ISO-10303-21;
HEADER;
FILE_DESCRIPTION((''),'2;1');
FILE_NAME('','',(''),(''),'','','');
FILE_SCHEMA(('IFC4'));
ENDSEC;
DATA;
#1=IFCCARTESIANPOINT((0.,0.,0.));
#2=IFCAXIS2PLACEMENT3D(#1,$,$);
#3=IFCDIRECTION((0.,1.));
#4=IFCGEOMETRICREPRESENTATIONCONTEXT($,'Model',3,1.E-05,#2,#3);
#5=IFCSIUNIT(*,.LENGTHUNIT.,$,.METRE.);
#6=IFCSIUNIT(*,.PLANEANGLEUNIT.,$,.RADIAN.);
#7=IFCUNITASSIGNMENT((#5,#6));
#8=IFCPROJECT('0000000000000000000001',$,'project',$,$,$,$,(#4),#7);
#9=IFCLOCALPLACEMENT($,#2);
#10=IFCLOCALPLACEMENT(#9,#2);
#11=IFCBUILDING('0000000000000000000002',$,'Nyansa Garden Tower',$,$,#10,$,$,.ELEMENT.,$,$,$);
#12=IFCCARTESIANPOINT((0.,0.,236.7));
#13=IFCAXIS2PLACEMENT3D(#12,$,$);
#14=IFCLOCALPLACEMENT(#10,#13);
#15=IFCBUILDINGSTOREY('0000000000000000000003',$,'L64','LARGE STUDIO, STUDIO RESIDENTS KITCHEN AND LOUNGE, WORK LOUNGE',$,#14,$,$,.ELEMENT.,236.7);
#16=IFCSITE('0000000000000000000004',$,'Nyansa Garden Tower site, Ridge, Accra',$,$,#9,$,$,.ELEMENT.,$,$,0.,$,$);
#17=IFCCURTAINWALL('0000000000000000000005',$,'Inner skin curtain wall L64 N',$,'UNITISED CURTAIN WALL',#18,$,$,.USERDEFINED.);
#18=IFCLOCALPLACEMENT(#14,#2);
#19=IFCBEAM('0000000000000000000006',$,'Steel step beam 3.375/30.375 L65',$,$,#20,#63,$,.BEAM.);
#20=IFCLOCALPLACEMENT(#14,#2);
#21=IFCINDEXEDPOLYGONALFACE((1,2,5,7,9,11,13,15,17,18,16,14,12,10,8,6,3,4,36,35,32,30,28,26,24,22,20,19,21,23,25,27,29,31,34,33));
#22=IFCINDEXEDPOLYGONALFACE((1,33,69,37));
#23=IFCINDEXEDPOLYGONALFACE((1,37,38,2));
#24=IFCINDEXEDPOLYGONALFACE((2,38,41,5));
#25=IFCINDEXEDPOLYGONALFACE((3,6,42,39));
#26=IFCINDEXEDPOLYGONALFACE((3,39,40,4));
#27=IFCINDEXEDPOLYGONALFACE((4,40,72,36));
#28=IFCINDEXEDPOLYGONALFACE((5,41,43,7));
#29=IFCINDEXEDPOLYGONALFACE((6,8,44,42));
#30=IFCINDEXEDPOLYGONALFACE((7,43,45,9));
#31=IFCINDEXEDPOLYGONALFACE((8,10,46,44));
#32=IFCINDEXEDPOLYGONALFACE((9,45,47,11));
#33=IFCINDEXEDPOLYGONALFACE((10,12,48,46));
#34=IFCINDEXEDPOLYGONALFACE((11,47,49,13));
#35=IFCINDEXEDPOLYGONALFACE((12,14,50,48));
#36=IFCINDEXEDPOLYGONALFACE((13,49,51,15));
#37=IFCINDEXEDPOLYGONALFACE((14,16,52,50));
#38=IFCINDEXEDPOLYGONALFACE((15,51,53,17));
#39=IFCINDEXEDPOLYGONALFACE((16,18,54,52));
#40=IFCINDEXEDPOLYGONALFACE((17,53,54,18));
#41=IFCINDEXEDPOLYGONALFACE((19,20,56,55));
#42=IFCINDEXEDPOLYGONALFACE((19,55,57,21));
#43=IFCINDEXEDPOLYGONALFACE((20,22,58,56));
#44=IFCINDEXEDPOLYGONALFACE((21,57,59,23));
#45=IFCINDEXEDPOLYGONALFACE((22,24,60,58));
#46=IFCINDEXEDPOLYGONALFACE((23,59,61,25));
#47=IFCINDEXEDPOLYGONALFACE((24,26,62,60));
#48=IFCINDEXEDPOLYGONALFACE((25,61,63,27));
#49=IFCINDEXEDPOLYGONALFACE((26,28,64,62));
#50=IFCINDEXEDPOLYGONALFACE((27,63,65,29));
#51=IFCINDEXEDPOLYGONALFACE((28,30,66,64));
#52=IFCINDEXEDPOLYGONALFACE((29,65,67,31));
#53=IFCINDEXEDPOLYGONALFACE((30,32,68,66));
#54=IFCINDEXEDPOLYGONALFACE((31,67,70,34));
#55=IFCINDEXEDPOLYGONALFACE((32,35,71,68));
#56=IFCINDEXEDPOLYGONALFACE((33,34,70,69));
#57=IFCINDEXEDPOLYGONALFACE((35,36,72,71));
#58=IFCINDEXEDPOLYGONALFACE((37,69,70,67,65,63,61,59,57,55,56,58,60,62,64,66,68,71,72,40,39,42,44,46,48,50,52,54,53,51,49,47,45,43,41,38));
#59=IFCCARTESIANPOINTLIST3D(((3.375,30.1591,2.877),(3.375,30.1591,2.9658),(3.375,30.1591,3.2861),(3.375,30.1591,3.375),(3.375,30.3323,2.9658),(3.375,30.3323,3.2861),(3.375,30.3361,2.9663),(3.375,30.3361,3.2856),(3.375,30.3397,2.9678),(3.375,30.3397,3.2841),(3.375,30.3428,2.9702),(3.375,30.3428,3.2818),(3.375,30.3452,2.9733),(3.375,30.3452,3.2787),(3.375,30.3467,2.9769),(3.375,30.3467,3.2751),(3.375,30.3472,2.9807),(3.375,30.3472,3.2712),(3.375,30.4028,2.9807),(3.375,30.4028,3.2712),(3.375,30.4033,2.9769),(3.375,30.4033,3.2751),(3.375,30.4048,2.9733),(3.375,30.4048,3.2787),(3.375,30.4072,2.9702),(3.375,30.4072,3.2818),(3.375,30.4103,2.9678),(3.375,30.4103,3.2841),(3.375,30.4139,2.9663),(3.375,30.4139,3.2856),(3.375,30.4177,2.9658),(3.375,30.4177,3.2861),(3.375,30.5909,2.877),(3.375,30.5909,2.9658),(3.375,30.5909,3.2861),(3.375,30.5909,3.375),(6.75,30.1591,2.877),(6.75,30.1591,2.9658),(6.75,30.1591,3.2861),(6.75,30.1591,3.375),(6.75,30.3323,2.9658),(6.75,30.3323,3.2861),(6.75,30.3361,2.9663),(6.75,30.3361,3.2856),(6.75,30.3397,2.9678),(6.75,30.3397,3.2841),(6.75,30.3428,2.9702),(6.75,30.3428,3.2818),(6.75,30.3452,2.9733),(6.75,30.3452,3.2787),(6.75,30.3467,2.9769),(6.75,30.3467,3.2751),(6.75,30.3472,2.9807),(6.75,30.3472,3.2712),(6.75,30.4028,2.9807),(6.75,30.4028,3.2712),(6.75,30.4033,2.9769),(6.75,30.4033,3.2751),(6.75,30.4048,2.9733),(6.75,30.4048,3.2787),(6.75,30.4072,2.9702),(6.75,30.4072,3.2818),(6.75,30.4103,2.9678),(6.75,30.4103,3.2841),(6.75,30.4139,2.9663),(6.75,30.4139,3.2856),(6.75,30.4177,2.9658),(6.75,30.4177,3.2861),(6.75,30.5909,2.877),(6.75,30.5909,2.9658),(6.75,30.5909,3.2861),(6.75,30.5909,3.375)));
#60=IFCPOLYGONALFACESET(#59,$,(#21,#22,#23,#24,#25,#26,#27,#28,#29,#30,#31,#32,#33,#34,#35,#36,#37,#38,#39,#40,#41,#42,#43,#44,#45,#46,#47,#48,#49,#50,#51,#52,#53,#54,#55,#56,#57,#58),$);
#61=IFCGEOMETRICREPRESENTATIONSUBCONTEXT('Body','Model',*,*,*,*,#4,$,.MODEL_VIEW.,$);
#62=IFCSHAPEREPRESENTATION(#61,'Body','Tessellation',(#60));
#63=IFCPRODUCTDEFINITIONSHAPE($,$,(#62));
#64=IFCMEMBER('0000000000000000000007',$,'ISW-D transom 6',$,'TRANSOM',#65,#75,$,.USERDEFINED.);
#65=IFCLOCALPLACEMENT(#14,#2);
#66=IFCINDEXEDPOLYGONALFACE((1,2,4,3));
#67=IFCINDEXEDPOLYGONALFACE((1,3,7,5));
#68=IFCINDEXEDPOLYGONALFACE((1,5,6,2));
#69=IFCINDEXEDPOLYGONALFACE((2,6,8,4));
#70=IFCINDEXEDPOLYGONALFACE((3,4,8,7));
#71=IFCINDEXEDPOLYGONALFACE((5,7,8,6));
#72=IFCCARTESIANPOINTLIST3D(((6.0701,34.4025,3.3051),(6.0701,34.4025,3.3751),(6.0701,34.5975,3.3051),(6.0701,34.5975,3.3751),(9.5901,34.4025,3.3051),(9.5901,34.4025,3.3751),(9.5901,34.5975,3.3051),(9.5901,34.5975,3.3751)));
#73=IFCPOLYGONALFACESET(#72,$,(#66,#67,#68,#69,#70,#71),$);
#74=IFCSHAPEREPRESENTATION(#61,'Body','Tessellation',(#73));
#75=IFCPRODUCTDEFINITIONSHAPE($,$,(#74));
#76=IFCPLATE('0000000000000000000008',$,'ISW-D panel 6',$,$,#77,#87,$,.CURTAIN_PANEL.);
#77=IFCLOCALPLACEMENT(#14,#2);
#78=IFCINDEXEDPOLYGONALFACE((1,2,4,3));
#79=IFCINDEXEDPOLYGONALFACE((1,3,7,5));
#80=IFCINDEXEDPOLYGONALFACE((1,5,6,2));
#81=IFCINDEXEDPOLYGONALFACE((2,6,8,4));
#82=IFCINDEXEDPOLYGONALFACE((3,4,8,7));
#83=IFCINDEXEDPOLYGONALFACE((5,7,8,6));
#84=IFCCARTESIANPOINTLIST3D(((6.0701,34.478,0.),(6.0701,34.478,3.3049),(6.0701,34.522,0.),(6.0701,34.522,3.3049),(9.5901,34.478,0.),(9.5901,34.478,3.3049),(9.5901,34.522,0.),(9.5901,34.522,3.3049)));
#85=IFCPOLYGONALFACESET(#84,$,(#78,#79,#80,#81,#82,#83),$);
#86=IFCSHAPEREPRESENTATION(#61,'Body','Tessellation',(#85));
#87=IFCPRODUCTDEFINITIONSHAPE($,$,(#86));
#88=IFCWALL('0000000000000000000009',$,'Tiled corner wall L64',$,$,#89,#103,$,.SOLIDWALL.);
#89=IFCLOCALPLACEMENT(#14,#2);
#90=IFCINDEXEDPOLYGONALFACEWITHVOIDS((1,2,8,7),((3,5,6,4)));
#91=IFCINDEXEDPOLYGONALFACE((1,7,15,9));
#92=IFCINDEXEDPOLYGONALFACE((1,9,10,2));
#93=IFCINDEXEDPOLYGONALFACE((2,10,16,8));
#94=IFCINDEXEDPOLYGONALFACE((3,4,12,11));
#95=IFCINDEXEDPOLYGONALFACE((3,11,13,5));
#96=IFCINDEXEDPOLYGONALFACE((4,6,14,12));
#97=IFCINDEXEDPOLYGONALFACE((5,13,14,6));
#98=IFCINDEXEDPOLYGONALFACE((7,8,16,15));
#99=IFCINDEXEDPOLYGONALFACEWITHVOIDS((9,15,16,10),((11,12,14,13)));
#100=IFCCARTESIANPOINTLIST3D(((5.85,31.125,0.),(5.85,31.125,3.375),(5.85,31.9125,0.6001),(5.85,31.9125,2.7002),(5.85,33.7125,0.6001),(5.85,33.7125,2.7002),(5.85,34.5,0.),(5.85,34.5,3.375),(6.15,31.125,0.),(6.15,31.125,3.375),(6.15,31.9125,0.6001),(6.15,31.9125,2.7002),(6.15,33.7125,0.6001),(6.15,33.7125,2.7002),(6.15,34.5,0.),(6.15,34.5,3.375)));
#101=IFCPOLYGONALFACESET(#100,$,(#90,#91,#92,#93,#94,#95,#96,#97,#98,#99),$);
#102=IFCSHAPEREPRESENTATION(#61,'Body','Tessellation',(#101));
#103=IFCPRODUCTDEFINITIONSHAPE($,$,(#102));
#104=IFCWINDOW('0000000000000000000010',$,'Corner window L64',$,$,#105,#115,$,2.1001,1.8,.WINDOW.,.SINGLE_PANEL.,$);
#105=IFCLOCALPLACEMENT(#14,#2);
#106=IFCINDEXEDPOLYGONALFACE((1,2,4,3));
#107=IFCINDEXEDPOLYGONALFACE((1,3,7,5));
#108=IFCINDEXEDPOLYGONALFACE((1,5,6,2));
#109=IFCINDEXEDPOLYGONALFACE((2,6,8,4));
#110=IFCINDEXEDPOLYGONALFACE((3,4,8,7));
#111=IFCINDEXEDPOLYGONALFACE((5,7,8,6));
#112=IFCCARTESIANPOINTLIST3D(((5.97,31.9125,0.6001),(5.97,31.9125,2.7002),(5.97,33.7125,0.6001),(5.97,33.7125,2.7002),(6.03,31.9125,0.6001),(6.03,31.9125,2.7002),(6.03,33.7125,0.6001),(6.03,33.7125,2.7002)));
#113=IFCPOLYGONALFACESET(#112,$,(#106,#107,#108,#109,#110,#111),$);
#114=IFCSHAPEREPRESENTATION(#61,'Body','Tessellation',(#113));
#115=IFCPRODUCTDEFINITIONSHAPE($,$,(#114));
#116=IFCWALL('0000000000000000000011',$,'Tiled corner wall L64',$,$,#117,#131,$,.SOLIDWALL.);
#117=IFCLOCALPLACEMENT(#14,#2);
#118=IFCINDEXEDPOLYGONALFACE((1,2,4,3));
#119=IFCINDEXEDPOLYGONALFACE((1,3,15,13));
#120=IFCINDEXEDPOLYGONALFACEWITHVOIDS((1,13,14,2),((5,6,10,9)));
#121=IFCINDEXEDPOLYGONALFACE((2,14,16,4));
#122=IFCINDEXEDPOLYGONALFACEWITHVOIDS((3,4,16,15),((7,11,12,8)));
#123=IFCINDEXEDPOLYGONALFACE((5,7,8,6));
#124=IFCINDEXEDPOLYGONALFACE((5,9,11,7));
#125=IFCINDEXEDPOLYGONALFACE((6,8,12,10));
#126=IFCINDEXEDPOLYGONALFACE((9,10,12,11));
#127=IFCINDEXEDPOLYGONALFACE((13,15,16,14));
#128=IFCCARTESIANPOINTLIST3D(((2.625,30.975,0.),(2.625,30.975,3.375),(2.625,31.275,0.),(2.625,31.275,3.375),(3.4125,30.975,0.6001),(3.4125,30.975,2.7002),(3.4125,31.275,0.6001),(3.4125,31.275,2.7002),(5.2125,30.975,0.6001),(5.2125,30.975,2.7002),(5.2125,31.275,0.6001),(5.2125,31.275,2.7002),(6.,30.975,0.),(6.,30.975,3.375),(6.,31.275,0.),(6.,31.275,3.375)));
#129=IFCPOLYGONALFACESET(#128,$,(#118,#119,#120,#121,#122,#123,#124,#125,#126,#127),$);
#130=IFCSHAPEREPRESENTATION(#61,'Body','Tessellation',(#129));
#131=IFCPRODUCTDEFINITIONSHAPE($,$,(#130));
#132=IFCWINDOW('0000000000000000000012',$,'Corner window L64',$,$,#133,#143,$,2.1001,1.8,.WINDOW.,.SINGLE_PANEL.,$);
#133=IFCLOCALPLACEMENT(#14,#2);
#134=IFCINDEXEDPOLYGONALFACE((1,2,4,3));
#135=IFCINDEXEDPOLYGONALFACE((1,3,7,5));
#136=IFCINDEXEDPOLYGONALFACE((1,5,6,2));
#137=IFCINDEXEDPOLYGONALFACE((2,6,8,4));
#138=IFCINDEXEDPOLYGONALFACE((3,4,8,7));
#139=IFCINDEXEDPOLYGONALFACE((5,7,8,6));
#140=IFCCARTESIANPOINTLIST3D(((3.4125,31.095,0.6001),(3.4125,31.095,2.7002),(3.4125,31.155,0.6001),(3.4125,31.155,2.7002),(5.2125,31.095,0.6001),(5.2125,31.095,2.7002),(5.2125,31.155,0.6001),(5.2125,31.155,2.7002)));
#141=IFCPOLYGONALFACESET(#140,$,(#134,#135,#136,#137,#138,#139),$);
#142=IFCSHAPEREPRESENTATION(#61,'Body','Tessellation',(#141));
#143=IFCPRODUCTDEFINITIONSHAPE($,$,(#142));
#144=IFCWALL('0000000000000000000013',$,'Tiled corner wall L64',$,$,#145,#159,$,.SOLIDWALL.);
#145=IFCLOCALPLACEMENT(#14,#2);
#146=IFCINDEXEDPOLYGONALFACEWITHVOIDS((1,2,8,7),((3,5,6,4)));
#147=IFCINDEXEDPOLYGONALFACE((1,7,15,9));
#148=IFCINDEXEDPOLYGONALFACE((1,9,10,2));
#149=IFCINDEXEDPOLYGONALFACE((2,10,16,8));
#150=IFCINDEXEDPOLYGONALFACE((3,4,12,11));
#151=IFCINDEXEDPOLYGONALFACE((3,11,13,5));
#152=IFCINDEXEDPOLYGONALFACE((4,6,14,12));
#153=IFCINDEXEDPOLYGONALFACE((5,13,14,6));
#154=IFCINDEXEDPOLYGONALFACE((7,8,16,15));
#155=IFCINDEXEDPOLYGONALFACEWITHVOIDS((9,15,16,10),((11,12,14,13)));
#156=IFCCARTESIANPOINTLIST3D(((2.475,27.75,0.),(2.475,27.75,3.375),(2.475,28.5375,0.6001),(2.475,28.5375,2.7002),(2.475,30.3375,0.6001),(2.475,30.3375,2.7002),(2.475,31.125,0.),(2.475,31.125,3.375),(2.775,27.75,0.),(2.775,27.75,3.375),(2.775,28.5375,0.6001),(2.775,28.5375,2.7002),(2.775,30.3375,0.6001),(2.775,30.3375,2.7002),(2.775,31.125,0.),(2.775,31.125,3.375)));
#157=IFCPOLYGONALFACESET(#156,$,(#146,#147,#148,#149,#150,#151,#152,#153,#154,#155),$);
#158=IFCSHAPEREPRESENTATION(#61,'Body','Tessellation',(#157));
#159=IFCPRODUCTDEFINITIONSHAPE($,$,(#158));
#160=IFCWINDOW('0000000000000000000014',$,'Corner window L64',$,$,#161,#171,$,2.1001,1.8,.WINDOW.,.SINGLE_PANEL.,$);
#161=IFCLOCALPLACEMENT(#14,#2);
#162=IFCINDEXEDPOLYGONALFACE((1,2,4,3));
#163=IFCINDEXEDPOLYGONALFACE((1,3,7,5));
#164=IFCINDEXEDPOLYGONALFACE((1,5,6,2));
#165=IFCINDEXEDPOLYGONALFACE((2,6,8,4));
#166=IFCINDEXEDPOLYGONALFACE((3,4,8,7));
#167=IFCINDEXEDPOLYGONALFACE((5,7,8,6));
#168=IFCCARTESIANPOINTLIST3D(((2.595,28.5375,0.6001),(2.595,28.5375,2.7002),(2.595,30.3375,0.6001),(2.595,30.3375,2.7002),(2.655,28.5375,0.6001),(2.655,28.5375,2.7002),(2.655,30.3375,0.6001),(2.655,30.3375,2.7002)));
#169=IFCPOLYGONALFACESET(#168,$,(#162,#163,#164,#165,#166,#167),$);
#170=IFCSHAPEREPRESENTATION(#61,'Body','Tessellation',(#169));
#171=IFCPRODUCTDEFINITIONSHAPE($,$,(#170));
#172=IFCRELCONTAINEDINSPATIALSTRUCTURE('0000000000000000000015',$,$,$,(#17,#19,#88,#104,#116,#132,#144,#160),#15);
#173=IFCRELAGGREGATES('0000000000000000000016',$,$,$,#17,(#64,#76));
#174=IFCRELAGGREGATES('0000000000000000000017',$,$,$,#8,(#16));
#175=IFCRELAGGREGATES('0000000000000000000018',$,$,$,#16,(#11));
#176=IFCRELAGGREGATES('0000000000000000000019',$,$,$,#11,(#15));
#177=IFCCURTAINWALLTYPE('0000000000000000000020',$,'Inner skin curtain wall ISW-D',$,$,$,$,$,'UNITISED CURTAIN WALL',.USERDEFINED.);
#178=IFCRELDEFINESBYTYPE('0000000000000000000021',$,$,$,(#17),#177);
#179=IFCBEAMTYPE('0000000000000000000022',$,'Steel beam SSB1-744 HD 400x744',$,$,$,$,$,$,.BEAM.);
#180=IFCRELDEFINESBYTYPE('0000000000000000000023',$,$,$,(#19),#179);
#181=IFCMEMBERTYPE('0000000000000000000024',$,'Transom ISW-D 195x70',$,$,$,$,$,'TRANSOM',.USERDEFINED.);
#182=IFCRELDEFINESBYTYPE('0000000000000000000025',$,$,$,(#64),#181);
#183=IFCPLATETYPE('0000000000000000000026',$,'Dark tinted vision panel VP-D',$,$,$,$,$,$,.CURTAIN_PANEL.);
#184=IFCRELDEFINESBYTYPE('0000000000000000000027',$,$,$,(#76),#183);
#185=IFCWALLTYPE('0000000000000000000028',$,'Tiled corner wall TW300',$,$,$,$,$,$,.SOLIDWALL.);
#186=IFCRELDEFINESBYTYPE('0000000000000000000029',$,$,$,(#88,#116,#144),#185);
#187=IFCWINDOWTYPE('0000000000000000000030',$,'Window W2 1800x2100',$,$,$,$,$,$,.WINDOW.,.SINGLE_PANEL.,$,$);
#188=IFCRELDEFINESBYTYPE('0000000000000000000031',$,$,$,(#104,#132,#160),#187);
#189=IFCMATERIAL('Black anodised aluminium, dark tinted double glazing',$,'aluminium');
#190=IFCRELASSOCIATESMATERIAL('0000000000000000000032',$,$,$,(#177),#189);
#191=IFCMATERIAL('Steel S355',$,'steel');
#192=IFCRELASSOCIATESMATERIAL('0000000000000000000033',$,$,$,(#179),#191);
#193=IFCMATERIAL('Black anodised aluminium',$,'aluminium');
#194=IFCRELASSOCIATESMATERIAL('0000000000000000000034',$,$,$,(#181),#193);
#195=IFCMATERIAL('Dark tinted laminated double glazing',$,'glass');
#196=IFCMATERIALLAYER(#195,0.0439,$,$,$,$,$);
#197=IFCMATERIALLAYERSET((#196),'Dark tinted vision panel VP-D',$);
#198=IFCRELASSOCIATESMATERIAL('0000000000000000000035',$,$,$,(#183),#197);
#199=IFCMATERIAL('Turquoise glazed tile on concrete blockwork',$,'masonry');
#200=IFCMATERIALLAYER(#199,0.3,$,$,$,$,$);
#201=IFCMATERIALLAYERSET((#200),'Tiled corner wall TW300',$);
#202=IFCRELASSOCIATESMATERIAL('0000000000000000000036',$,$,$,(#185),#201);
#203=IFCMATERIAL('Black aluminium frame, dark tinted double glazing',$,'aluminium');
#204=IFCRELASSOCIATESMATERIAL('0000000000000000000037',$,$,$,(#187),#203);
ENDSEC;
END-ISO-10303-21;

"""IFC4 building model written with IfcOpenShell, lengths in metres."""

from ifc_helpers import new_model, si_unit, direction, frame, frame_2d, origin, origin_2d, place, context, subcontext, project, spatial, rectangle, i_section, extrude, material, layer, layer_set, material_profile, profile_set, type_object, element, fill, aggregate, save


model = new_model("IFC4")

# Units and contexts
model_context = context("Model", 3, precision=1e-05, world=origin(), true_north=direction((0.0, 1.0)))
body_context = subcontext(model_context, "Body", "Model", "MODEL_VIEW")
ifc_project = project(units=[si_unit("LENGTHUNIT", "METRE"), si_unit("PLANEANGLEUNIT", "RADIAN")], contexts=[model_context])

# Site, building, storey
site_placement = place(None, origin())
site = spatial("IfcSite", under=ifc_project, at=site_placement, Name="Nyansa Garden Tower site, Ridge, Accra", CompositionType="ELEMENT", RefElevation=0.0)
building_placement = place(site_placement, origin())
building = spatial("IfcBuilding", under=site, at=building_placement, Name="Nyansa Garden Tower", CompositionType="ELEMENT")
storey_placement = place(building_placement, frame((0.0, 0.0, 236.7)))
storey = spatial("IfcBuildingStorey", under=building, at=storey_placement, Name="L64", Description="LARGE STUDIO, STUDIO RESIDENTS KITCHEN AND LOUNGE, WORK LOUNGE", CompositionType="ELEMENT", Elevation=236.7)

# Curtain wall
ifc_material_1 = material(Name="Black anodised aluminium, dark tinted double glazing", Category="aluminium")
curtain_wall_type = type_object("IfcCurtainWallType", Name="Inner skin curtain wall ISW-D", ElementType="UNITISED CURTAIN WALL", PredefinedType="USERDEFINED", material=ifc_material_1)
curtain_wall_placement = place(storey_placement, origin())
curtain_wall = element("IfcCurtainWall", 1, at=curtain_wall_placement, inside=storey, type_object=curtain_wall_type, Name="Inner skin curtain wall L64 N", ObjectType="UNITISED CURTAIN WALL", PredefinedType="USERDEFINED")

# Beam
ifc_material_2 = material(Name="Steel S355", Category="steel")
ifc_material_profile_1 = material_profile(ifc_material_2, i_section(OverallWidth=0.4319, OverallDepth=0.498, WebThickness=0.0557, FlangeThickness=0.0889, FilletRadius=0.0149, at=origin_2d()), Name="HD 400x744")
ifc_profile_set_1 = profile_set([ifc_material_profile_1], Name="Steel S355")
beam_type_1 = type_object("IfcBeamType", Name="Steel beam SSB1-744 HD 400x744", PredefinedType="BEAM", material=ifc_profile_set_1)
for number, where, z_axis, x_axis, name in (
    (2, (3.375, 30.375, 3.126), (1.0, 0.0, 0.0), (0.0, 1.0, 0.0), "Steel step beam 3.375/30.375 L65"),
):
    element("IfcBeam", number, at=place(storey_placement, frame(where, z_axis=z_axis, x_axis=x_axis)), inside=storey, type_object=beam_type_1, Name=name, PredefinedType="BEAM", context=body_context, shape_type="SweptSolid", body=[
        extrude(i_section(OverallWidth=0.4319, OverallDepth=0.498, WebThickness=0.0557, FlangeThickness=0.0889, FilletRadius=0.0149, at=origin_2d()), origin(), (0.0, 0.0, 1.0), 3.375),
    ])

# Member
ifc_material_3 = material(Name="Black anodised aluminium", Category="aluminium")
ifc_material_profile_2 = material_profile(ifc_material_3, rectangle(XDim=0.1951, YDim=0.0701, at=origin_2d()), Name="Transom 195x70")
ifc_profile_set_2 = profile_set([ifc_material_profile_2], Name="Black anodised aluminium")
member_type_1 = type_object("IfcMemberType", Name="Transom ISW-D 195x70", ElementType="TRANSOM", PredefinedType="USERDEFINED", material=ifc_profile_set_2)
member_1_placement = place(storey_placement, frame((9.5901, 34.5, 3.3401), z_axis=(-1.0, 0.0, 0.0), x_axis=(0.0, -1.0, 0.0)))
member_1 = element("IfcMember", 3, at=member_1_placement, type_object=member_type_1, Name="ISW-D transom 6", ObjectType="TRANSOM", PredefinedType="USERDEFINED", context=body_context, shape_type="SweptSolid", body=[
    extrude(rectangle(XDim=0.1951, YDim=0.0701, at=origin_2d()), origin(), (0.0, 0.0, 1.0), 3.52),
])

# Plate
ifc_material_4 = material(Name="Dark tinted laminated double glazing", Category="glass")
ifc_layer_1 = layer(ifc_material_4, 0.0439)
ifc_layer_set_1 = layer_set([ifc_layer_1], Name="Dark tinted vision panel VP-D")
plate_type = type_object("IfcPlateType", Name="Dark tinted vision panel VP-D", PredefinedType="CURTAIN_PANEL", material=ifc_layer_set_1)
plate_placement = place(storey_placement, frame((7.8301, 34.5, 0.0), z_axis=(0.0, 0.0, 1.0), x_axis=(-1.0, 0.0, 0.0)))
plate = element("IfcPlate", 4, at=plate_placement, type_object=plate_type, Name="ISW-D panel 6", PredefinedType="CURTAIN_PANEL", context=body_context, shape_type="SweptSolid", body=[
    extrude(rectangle(XDim=3.52, YDim=0.0439, at=origin_2d()), origin(), (0.0, 0.0, 1.0), 3.3049),
])
aggregate(curtain_wall, [member_1, plate])

# Walls, openings, windows
ifc_material_5 = material(Name="Turquoise glazed tile on concrete blockwork", Category="masonry")
ifc_layer_2 = layer(ifc_material_5, 0.3)
ifc_layer_set_2 = layer_set([ifc_layer_2], Name="Tiled corner wall TW300")
wall_type_1 = type_object("IfcWallType", Name="Tiled corner wall TW300", PredefinedType="SOLIDWALL", material=ifc_layer_set_2)
wall_1_placement = place(storey_placement, frame((6.0, 34.5, 0.0), z_axis=(0.0, 0.0, 1.0), x_axis=(0.0, -1.0, 0.0)))
wall_1 = element("IfcWall", 5, at=wall_1_placement, inside=storey, type_object=wall_type_1, Name="Tiled corner wall L64", PredefinedType="SOLIDWALL", context=body_context, shape_type="SweptSolid", body=[
    extrude(rectangle(XDim=3.375, YDim=0.3, at=frame_2d((1.6875, 0.0))), origin(), (0.0, 0.0, 1.0), 3.375),
])
opening_1_placement = place(wall_1_placement, frame((0.7876, 0.0, 0.6001)))
opening_1 = element("IfcOpeningElement", 6, at=opening_1_placement, cuts=wall_1, PredefinedType="OPENING", context=body_context, shape_type="SweptSolid", body=[
    extrude(rectangle(XDim=1.8, YDim=2.1001, at=frame_2d((0.8999, 1.05))), frame((0.0, 0.1599, 0.0), z_axis=(0.0, -1.0, 0.0), x_axis=(1.0, 0.0, 0.0)), (0.0, 0.0, 1.0), 0.3201),
])
ifc_material_6 = material(Name="Black aluminium frame, dark tinted double glazing", Category="aluminium")
window_type = type_object("IfcWindowType", Name="Window W2 1800x2100", PartitioningType="SINGLE_PANEL", PredefinedType="WINDOW", material=ifc_material_6)
window_1_placement = place(opening_1_placement, origin())
window_1 = element("IfcWindow", 7, at=window_1_placement, inside=storey, type_object=window_type, Name="Corner window L64", OverallHeight=2.1001, OverallWidth=1.8, PartitioningType="SINGLE_PANEL", PredefinedType="WINDOW", context=body_context, shape_type="SweptSolid", body=[
    extrude(rectangle(XDim=1.8, YDim=2.1001, at=frame_2d((0.8999, 1.05))), frame((0.0, 0.03, 0.0), z_axis=(0.0, -1.0, 0.0), x_axis=(1.0, 0.0, 0.0)), (0.0, 0.0, 1.0), 0.0601),
])
fill(opening_1, window_1)
wall_2_placement = place(storey_placement, frame((6.0, 31.125, 0.0), z_axis=(0.0, 0.0, 1.0), x_axis=(-1.0, 0.0, 0.0)))
wall_2 = element("IfcWall", 8, at=wall_2_placement, inside=storey, type_object=wall_type_1, Name="Tiled corner wall L64", PredefinedType="SOLIDWALL", context=body_context, shape_type="SweptSolid", body=[
    extrude(rectangle(XDim=3.375, YDim=0.3, at=frame_2d((1.6875, 0.0))), origin(), (0.0, 0.0, 1.0), 3.375),
])
opening_2_placement = place(wall_2_placement, frame((0.7876, 0.0, 0.6001)))
opening_2 = element("IfcOpeningElement", 9, at=opening_2_placement, cuts=wall_2, PredefinedType="OPENING", context=body_context, shape_type="SweptSolid", body=[
    extrude(rectangle(XDim=1.8, YDim=2.1001, at=frame_2d((0.8999, 1.05))), frame((0.0, 0.1599, 0.0), z_axis=(0.0, -1.0, 0.0), x_axis=(1.0, 0.0, 0.0)), (0.0, 0.0, 1.0), 0.3201),
])
window_2_placement = place(opening_2_placement, origin())
window_2 = element("IfcWindow", 10, at=window_2_placement, inside=storey, type_object=window_type, Name="Corner window L64", OverallHeight=2.1001, OverallWidth=1.8, PartitioningType="SINGLE_PANEL", PredefinedType="WINDOW", context=body_context, shape_type="SweptSolid", body=[
    extrude(rectangle(XDim=1.8, YDim=2.1001, at=frame_2d((0.8999, 1.05))), frame((0.0, 0.03, 0.0), z_axis=(0.0, -1.0, 0.0), x_axis=(1.0, 0.0, 0.0)), (0.0, 0.0, 1.0), 0.0601),
])
fill(opening_2, window_2)
wall_3_placement = place(storey_placement, frame((2.625, 31.125, 0.0), z_axis=(0.0, 0.0, 1.0), x_axis=(0.0, -1.0, 0.0)))
wall_3 = element("IfcWall", 11, at=wall_3_placement, inside=storey, type_object=wall_type_1, Name="Tiled corner wall L64", PredefinedType="SOLIDWALL", context=body_context, shape_type="SweptSolid", body=[
    extrude(rectangle(XDim=3.375, YDim=0.3, at=frame_2d((1.6875, 0.0))), origin(), (0.0, 0.0, 1.0), 3.375),
])
opening_3_placement = place(wall_3_placement, frame((0.7876, 0.0, 0.6001)))
opening_3 = element("IfcOpeningElement", 12, at=opening_3_placement, cuts=wall_3, PredefinedType="OPENING", context=body_context, shape_type="SweptSolid", body=[
    extrude(rectangle(XDim=1.8, YDim=2.1001, at=frame_2d((0.8999, 1.05))), frame((0.0, 0.1599, 0.0), z_axis=(0.0, -1.0, 0.0), x_axis=(1.0, 0.0, 0.0)), (0.0, 0.0, 1.0), 0.3201),
])
window_3_placement = place(opening_3_placement, origin())
window_3 = element("IfcWindow", 13, at=window_3_placement, inside=storey, type_object=window_type, Name="Corner window L64", OverallHeight=2.1001, OverallWidth=1.8, PartitioningType="SINGLE_PANEL", PredefinedType="WINDOW", context=body_context, shape_type="SweptSolid", body=[
    extrude(rectangle(XDim=1.8, YDim=2.1001, at=frame_2d((0.8999, 1.05))), frame((0.0, 0.03, 0.0), z_axis=(0.0, -1.0, 0.0), x_axis=(1.0, 0.0, 0.0)), (0.0, 0.0, 1.0), 0.0601),
])
fill(opening_3, window_3)

save(model, "model.ifc")
